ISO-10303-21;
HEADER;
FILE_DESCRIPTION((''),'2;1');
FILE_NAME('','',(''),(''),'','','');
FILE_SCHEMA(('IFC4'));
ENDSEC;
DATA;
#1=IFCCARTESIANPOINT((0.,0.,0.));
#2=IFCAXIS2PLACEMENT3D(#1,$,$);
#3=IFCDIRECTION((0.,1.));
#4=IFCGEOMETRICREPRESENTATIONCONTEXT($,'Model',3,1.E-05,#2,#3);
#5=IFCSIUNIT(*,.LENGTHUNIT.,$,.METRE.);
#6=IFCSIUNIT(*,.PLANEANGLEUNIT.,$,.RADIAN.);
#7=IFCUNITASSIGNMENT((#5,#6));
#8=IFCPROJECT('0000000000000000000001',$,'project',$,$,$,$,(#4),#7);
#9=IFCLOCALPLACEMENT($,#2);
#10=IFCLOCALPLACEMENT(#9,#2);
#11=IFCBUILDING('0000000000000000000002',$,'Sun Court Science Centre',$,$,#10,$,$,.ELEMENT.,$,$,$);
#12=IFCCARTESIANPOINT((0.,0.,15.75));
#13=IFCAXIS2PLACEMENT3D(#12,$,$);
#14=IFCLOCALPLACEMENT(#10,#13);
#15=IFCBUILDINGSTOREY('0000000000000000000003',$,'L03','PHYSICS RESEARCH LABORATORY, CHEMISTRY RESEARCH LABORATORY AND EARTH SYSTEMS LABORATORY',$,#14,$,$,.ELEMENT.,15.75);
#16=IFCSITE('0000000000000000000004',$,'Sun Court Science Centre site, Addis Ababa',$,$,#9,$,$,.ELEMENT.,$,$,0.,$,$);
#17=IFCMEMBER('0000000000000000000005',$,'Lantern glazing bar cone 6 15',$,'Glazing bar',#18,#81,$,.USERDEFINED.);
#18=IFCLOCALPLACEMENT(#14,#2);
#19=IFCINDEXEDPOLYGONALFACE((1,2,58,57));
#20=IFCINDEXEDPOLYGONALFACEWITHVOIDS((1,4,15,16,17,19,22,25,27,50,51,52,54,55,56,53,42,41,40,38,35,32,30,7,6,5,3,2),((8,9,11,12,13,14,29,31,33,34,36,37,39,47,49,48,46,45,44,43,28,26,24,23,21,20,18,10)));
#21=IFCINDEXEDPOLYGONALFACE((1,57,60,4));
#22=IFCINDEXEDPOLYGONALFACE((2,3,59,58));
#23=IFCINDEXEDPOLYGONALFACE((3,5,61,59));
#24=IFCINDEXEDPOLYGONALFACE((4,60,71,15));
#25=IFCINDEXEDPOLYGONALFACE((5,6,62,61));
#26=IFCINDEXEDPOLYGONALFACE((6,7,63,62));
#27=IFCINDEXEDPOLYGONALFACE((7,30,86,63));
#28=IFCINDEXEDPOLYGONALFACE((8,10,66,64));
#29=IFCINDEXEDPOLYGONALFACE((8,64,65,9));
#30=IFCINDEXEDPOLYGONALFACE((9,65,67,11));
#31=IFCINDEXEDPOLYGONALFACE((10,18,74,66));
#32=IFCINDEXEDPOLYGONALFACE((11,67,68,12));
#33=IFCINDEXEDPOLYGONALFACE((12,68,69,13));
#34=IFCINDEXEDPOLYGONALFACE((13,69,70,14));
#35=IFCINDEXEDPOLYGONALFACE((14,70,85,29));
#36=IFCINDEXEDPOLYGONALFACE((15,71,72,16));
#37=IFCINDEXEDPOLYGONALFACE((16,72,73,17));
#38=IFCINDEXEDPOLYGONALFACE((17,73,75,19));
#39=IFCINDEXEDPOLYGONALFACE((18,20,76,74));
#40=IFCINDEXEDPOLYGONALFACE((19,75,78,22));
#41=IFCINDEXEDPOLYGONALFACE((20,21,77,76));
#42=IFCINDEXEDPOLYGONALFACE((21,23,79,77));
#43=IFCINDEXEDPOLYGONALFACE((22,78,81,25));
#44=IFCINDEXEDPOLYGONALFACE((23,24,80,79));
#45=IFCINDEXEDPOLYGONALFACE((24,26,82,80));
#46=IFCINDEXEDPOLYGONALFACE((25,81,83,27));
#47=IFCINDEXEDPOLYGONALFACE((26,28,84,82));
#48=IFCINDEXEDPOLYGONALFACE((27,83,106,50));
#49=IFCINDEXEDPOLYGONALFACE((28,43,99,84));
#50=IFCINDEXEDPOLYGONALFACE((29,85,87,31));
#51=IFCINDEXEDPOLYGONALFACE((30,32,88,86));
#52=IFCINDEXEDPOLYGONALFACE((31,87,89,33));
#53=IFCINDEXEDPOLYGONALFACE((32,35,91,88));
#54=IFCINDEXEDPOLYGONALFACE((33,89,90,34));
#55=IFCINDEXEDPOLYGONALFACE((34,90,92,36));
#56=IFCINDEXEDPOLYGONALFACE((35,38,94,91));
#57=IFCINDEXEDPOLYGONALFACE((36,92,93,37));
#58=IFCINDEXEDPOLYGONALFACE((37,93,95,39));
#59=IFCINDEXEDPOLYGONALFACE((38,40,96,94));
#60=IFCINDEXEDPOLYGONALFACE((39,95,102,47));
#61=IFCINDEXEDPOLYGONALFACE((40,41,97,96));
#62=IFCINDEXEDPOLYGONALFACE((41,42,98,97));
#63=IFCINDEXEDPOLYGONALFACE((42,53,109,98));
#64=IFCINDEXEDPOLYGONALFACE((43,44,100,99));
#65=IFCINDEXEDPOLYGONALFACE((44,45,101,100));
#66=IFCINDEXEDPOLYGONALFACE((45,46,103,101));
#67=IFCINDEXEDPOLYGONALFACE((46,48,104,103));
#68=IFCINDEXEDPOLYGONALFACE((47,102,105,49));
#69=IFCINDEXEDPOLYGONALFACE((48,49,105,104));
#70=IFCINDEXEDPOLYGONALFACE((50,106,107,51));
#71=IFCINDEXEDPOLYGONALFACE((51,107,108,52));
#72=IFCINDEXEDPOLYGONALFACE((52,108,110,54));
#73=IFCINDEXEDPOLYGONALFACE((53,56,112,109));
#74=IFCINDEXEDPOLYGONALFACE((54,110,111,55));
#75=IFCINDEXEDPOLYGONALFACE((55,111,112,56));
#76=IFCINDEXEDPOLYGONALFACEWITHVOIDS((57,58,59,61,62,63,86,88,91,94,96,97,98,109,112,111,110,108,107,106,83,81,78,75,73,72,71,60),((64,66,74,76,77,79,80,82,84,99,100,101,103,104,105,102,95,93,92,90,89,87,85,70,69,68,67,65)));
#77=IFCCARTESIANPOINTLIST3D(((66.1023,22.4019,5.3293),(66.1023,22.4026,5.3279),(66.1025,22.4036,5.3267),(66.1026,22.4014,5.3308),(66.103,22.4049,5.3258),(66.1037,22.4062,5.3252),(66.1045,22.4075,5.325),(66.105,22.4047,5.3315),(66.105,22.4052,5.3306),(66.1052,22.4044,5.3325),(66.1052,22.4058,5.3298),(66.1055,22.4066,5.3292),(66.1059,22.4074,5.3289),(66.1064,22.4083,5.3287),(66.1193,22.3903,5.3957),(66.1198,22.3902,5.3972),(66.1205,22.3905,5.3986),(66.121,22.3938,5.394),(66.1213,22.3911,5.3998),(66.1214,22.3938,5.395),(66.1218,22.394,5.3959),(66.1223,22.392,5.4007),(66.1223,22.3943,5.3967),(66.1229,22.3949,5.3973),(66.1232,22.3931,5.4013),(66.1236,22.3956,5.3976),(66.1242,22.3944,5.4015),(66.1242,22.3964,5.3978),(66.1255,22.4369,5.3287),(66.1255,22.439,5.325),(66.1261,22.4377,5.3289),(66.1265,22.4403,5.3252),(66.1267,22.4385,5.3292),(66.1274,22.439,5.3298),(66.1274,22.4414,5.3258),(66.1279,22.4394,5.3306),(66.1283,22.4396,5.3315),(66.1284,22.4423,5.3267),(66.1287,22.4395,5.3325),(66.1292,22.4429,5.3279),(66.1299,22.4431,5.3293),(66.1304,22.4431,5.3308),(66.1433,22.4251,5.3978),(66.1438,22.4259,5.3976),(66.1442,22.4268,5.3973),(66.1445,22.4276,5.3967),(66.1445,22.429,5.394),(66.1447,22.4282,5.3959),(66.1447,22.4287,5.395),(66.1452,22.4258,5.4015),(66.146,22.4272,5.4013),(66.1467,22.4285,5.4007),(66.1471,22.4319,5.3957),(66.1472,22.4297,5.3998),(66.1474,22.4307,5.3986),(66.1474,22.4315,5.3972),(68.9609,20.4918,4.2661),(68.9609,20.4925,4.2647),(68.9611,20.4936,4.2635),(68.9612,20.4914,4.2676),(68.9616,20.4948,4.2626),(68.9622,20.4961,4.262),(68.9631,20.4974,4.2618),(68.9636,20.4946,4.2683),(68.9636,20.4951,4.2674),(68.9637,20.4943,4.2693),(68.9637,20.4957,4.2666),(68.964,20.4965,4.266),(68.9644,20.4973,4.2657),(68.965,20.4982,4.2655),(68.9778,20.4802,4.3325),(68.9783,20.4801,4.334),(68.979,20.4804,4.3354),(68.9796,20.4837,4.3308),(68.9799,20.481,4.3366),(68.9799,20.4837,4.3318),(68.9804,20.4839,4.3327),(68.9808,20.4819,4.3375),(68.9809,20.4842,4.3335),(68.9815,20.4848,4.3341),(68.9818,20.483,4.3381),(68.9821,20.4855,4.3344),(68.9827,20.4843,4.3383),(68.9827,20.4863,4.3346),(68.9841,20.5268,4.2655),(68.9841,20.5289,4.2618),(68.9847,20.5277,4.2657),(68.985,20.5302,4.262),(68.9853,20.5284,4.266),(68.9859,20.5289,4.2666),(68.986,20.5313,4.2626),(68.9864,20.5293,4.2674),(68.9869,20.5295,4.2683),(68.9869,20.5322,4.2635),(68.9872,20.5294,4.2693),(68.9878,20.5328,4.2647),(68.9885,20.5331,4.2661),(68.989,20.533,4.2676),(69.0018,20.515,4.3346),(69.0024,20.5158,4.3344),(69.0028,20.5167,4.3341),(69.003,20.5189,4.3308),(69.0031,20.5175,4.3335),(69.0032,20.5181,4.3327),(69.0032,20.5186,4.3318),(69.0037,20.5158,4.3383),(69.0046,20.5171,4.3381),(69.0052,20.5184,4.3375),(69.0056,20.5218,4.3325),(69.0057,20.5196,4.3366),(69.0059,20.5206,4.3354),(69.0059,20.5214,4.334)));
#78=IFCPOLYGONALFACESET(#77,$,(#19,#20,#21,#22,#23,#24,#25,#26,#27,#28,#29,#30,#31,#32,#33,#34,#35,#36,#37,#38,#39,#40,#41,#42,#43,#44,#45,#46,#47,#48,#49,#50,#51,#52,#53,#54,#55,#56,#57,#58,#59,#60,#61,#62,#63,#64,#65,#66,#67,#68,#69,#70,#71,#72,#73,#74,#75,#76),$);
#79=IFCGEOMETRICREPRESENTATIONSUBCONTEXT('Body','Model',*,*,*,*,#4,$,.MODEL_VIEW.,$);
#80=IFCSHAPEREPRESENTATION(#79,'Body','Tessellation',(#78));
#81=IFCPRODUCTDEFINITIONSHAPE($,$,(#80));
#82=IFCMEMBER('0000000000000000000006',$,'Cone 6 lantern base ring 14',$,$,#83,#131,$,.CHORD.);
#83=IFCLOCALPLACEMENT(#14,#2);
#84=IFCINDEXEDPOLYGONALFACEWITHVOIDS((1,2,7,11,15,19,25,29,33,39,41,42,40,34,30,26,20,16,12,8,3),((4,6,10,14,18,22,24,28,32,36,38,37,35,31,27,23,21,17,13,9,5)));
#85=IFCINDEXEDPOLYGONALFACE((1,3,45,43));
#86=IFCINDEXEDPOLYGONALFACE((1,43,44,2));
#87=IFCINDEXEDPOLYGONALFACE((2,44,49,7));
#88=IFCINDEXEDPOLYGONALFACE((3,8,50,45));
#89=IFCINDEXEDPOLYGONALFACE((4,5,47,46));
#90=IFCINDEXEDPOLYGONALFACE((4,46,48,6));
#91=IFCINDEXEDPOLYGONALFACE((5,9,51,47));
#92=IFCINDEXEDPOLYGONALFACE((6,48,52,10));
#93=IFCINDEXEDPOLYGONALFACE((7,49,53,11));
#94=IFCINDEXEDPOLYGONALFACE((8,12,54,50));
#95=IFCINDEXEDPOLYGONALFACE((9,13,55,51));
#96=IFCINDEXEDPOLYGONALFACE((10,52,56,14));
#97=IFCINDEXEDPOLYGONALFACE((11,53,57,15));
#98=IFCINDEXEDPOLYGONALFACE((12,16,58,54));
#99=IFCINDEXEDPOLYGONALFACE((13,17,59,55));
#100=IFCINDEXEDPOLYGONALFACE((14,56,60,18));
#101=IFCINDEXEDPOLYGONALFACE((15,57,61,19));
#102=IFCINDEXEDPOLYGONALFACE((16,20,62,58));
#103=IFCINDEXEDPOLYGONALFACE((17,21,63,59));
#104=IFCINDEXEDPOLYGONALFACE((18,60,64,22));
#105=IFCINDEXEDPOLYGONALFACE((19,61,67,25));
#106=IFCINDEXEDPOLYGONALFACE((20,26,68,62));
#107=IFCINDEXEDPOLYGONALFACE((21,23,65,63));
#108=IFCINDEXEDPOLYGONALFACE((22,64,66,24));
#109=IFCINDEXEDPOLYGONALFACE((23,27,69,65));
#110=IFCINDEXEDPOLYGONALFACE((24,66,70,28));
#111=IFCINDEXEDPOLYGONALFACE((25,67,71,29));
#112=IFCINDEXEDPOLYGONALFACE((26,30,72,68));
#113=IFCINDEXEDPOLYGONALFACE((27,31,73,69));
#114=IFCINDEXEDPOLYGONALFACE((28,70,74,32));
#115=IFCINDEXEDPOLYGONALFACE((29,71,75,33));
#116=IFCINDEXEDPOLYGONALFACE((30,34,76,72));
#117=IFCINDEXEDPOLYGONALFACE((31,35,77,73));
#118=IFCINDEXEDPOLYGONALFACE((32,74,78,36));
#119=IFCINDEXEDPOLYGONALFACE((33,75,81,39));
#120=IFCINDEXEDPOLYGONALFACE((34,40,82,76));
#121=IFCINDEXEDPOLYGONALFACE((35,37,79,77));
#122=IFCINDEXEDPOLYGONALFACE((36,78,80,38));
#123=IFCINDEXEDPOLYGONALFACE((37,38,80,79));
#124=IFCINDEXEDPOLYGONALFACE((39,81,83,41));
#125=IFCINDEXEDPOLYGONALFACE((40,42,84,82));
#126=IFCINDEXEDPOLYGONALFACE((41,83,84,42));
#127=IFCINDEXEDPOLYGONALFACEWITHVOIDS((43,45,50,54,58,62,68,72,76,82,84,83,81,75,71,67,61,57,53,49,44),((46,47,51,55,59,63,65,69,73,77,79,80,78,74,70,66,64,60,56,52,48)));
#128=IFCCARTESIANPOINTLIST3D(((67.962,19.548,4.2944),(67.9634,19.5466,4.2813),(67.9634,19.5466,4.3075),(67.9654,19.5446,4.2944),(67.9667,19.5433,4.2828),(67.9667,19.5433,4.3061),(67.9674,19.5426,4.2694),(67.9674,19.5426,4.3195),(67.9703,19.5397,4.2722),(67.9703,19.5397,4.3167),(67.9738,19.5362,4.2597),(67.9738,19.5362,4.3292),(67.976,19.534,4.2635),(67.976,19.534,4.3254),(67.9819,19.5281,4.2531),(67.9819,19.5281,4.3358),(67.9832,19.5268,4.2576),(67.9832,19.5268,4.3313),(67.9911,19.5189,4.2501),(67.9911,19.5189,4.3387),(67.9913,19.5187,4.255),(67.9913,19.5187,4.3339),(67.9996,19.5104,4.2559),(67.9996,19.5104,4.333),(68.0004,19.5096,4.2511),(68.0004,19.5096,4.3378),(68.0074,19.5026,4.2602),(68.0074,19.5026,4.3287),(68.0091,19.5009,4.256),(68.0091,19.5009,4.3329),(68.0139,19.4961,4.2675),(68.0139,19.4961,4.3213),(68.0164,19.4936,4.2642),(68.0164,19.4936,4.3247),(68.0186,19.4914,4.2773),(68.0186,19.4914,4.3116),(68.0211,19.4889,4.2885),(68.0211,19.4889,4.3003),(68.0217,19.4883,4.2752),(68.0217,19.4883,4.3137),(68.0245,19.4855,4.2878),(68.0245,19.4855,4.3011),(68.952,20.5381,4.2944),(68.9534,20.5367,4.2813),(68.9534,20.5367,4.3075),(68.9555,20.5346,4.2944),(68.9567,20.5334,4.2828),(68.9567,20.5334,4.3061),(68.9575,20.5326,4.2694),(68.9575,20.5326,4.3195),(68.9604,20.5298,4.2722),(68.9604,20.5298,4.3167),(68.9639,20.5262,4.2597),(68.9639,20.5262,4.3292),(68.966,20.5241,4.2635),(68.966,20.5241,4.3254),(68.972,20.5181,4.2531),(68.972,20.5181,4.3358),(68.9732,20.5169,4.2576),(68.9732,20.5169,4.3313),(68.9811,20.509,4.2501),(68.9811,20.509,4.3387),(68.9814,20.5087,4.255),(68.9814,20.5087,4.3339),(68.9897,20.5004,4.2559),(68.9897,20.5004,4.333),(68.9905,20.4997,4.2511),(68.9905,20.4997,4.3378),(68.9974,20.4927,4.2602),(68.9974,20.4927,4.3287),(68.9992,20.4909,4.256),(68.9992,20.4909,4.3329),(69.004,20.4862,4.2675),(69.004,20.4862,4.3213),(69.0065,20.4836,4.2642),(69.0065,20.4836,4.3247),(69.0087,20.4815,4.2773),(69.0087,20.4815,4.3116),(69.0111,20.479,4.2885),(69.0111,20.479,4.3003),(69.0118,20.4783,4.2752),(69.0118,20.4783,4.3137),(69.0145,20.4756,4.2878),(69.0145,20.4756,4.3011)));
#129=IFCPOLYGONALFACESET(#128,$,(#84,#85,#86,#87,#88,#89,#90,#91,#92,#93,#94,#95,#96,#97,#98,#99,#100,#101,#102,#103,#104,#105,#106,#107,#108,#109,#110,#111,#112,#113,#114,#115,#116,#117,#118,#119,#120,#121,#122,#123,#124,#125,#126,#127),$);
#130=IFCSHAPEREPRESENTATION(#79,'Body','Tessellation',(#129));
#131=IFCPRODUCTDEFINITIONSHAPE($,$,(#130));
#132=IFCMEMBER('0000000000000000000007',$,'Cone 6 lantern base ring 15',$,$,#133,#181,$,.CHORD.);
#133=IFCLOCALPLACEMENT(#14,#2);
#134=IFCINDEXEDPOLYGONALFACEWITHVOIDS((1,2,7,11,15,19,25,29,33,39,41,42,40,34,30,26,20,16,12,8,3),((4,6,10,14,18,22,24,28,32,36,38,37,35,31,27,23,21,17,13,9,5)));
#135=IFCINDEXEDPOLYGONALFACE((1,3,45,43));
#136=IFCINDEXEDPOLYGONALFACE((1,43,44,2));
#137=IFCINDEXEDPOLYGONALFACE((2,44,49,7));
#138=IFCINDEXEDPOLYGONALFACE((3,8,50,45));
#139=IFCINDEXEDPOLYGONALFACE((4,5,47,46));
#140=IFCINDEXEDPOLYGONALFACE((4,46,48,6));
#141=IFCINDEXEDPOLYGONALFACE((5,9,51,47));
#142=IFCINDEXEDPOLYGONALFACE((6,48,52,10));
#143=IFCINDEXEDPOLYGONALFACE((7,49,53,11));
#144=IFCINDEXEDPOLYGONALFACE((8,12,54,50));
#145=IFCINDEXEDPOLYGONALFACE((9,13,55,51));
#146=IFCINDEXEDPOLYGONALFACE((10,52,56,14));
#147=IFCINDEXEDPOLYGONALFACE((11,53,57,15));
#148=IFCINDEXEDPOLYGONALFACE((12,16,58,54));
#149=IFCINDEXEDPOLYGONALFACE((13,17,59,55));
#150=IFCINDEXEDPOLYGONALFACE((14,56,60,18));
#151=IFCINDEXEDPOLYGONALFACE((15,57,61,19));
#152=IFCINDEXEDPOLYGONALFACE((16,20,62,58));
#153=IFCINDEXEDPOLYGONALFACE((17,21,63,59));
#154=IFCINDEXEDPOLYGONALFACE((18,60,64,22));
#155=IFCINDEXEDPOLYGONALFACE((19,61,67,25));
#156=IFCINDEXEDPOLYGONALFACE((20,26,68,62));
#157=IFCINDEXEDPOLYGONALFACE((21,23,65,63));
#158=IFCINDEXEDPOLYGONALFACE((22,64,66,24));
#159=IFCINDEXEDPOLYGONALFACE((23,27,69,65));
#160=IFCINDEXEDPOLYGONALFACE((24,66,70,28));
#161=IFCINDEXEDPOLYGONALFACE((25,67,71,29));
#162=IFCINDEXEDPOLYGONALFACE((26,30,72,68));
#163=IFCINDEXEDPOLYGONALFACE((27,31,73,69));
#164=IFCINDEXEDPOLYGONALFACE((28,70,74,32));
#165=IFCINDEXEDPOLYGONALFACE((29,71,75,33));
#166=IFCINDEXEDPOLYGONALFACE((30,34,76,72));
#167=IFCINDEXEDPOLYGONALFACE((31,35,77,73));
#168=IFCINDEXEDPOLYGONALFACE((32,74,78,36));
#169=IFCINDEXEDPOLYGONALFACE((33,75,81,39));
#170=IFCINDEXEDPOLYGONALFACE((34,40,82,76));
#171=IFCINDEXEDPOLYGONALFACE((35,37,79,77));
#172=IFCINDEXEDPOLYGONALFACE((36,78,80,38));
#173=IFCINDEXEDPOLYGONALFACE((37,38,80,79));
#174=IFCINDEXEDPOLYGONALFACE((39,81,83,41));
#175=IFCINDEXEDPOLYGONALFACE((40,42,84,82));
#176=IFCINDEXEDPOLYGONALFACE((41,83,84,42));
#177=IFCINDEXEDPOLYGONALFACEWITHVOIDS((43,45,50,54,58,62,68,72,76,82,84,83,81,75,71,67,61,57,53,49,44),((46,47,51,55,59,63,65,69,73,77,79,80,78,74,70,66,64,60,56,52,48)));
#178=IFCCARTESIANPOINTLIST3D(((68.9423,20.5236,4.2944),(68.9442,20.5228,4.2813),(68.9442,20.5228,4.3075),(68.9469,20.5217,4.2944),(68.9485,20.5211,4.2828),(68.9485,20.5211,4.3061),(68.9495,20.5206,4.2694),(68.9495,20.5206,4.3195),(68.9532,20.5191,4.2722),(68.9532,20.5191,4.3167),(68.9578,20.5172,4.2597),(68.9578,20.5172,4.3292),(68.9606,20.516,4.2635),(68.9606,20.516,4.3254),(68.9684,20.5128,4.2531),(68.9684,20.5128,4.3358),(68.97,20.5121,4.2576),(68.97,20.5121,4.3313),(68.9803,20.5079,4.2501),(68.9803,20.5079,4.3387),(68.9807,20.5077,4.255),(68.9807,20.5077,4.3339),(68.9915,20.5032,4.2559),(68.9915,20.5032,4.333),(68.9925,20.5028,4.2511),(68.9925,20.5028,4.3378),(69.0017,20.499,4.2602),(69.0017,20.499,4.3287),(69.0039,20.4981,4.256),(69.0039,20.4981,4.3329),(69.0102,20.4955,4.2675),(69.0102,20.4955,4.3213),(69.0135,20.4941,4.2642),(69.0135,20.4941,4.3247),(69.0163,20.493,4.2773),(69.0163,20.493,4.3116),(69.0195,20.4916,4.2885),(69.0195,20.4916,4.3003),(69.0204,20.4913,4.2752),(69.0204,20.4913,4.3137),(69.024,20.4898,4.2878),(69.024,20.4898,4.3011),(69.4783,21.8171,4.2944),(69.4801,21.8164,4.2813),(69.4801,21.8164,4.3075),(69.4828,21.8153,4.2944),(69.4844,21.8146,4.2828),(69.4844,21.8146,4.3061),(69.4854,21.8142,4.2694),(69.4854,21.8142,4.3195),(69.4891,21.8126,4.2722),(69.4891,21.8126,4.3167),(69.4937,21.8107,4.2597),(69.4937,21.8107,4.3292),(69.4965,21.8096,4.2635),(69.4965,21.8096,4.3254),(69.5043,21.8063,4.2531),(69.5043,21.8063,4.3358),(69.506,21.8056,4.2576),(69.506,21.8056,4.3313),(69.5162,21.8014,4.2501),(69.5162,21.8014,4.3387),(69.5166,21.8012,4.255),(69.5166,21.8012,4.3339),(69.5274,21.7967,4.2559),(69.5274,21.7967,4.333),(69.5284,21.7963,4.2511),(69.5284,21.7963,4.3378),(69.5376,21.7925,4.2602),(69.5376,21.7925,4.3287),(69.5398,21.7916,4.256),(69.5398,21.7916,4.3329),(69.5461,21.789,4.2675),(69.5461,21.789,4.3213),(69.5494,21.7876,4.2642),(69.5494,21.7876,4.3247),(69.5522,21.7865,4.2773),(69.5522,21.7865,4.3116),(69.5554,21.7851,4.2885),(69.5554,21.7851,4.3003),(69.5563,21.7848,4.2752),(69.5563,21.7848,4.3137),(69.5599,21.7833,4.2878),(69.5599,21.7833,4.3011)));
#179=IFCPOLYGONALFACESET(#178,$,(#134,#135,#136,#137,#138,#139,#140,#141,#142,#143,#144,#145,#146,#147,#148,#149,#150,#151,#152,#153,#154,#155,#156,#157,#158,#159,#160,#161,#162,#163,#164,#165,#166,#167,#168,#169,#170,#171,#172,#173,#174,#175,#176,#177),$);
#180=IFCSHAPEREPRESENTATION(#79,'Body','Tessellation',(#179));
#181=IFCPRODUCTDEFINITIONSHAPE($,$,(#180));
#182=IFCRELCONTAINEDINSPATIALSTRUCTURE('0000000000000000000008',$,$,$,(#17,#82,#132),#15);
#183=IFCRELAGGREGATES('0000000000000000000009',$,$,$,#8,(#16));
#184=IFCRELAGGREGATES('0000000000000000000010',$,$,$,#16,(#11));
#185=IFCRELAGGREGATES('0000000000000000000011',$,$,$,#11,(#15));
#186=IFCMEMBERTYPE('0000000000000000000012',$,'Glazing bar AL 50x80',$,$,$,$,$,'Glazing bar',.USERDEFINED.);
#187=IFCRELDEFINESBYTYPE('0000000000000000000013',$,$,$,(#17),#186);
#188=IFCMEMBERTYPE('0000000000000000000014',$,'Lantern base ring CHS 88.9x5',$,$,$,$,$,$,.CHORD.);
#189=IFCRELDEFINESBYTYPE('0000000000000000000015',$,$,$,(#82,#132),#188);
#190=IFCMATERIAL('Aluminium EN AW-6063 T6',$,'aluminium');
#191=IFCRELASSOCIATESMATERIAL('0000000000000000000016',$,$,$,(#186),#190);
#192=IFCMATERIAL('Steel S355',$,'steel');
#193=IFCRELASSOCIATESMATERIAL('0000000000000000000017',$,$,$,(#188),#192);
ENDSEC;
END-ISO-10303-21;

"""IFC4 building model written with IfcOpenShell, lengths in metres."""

from ifc_helpers import new_model, si_unit, direction, frame, origin, origin_2d, place, context, subcontext, project, spatial, hollow_rectangle, hollow_circle, extrude, material, material_profile, profile_set, type_object, element, save


model = new_model("IFC4")

# Units and contexts
model_context = context("Model", 3, precision=1e-05, world=origin(), true_north=direction((0.0, 1.0)))
body_context = subcontext(model_context, "Body", "Model", "MODEL_VIEW")
ifc_project = project(units=[si_unit("LENGTHUNIT", "METRE"), si_unit("PLANEANGLEUNIT", "RADIAN")], contexts=[model_context])

# Site, building, storey
site_placement = place(None, origin())
site = spatial("IfcSite", under=ifc_project, at=site_placement, Name="Sun Court Science Centre site, Addis Ababa", CompositionType="ELEMENT", RefElevation=0.0)
building_placement = place(site_placement, origin())
building = spatial("IfcBuilding", under=site, at=building_placement, Name="Sun Court Science Centre", CompositionType="ELEMENT")
storey_placement = place(building_placement, frame((0.0, 0.0, 15.75)))
storey = spatial("IfcBuildingStorey", under=building, at=storey_placement, Name="L03", Description="PHYSICS RESEARCH LABORATORY, CHEMISTRY RESEARCH LABORATORY AND EARTH SYSTEMS LABORATORY", CompositionType="ELEMENT", Elevation=15.75)

# Members
ifc_material_1 = material(Name="Aluminium EN AW-6063 T6", Category="aluminium")
ifc_material_profile_1 = material_profile(ifc_material_1, hollow_rectangle(XDim=0.05, YDim=0.0801, WallThickness=0.0039, InnerFilletRadius=0.0039, OuterFilletRadius=0.0061, at=origin_2d()), Name="AL 50x80x4")
ifc_profile_set_1 = profile_set([ifc_material_profile_1], Name="Aluminium EN AW-6063 T6")
member_type_1 = type_object("IfcMemberType", Name="Glazing bar AL 50x80", ElementType="Glazing bar", PredefinedType="USERDEFINED", material=ifc_profile_set_1)
for number, where, z_axis, x_axis, name in (
    (1, (68.9834, 20.5066, 4.3), (-0.794343, 0.530783, 0.295445), (-0.555585, -0.83146, 0.0), "Lantern glazing bar cone 6 15"),
):
    element("IfcMember", number, at=place(storey_placement, frame(where, z_axis=z_axis, x_axis=x_axis)), inside=storey, type_object=member_type_1, Name=name, ObjectType="Glazing bar", PredefinedType="USERDEFINED", context=body_context, shape_type="SweptSolid", body=[
        extrude(hollow_rectangle(XDim=0.05, YDim=0.0801, WallThickness=0.0039, InnerFilletRadius=0.0039, OuterFilletRadius=0.0061, at=origin_2d()), origin(), (0.0, 0.0, 1.0), 3.5986),
    ])
ifc_material_2 = material(Name="Steel S355", Category="steel")
ifc_material_profile_2 = material_profile(ifc_material_2, hollow_circle(Radius=0.0444, WallThickness=0.0049, at=origin_2d()), Name="CHS 88.9x5")
ifc_profile_set_2 = profile_set([ifc_material_profile_2], Name="Steel S355")
member_type_2 = type_object("IfcMemberType", Name="Lantern base ring CHS 88.9x5", PredefinedType="CHORD", material=ifc_profile_set_2)
for number, where, z_axis, x_axis, name in (
    (2, (67.9934, 19.5166, 4.2944), (0.707107, 0.707107, 0.0), (-0.707107, 0.707107, 0.0), "Cone 6 lantern base ring 14"),
    (3, (68.9834, 20.5066, 4.2944), (0.382757, 0.923849, 0.0), (-0.923849, 0.382757, 0.0), "Cone 6 lantern base ring 15"),
):
    element("IfcMember", number, at=place(storey_placement, frame(where, z_axis=z_axis, x_axis=x_axis)), inside=storey, type_object=member_type_2, Name=name, PredefinedType="CHORD", context=body_context, shape_type="SweptSolid", body=[
        extrude(hollow_circle(Radius=0.0444, WallThickness=0.0049, at=origin_2d()), origin(), (0.0, 0.0, 1.0), 1.4001),
    ])

save(model, "model.ifc")
